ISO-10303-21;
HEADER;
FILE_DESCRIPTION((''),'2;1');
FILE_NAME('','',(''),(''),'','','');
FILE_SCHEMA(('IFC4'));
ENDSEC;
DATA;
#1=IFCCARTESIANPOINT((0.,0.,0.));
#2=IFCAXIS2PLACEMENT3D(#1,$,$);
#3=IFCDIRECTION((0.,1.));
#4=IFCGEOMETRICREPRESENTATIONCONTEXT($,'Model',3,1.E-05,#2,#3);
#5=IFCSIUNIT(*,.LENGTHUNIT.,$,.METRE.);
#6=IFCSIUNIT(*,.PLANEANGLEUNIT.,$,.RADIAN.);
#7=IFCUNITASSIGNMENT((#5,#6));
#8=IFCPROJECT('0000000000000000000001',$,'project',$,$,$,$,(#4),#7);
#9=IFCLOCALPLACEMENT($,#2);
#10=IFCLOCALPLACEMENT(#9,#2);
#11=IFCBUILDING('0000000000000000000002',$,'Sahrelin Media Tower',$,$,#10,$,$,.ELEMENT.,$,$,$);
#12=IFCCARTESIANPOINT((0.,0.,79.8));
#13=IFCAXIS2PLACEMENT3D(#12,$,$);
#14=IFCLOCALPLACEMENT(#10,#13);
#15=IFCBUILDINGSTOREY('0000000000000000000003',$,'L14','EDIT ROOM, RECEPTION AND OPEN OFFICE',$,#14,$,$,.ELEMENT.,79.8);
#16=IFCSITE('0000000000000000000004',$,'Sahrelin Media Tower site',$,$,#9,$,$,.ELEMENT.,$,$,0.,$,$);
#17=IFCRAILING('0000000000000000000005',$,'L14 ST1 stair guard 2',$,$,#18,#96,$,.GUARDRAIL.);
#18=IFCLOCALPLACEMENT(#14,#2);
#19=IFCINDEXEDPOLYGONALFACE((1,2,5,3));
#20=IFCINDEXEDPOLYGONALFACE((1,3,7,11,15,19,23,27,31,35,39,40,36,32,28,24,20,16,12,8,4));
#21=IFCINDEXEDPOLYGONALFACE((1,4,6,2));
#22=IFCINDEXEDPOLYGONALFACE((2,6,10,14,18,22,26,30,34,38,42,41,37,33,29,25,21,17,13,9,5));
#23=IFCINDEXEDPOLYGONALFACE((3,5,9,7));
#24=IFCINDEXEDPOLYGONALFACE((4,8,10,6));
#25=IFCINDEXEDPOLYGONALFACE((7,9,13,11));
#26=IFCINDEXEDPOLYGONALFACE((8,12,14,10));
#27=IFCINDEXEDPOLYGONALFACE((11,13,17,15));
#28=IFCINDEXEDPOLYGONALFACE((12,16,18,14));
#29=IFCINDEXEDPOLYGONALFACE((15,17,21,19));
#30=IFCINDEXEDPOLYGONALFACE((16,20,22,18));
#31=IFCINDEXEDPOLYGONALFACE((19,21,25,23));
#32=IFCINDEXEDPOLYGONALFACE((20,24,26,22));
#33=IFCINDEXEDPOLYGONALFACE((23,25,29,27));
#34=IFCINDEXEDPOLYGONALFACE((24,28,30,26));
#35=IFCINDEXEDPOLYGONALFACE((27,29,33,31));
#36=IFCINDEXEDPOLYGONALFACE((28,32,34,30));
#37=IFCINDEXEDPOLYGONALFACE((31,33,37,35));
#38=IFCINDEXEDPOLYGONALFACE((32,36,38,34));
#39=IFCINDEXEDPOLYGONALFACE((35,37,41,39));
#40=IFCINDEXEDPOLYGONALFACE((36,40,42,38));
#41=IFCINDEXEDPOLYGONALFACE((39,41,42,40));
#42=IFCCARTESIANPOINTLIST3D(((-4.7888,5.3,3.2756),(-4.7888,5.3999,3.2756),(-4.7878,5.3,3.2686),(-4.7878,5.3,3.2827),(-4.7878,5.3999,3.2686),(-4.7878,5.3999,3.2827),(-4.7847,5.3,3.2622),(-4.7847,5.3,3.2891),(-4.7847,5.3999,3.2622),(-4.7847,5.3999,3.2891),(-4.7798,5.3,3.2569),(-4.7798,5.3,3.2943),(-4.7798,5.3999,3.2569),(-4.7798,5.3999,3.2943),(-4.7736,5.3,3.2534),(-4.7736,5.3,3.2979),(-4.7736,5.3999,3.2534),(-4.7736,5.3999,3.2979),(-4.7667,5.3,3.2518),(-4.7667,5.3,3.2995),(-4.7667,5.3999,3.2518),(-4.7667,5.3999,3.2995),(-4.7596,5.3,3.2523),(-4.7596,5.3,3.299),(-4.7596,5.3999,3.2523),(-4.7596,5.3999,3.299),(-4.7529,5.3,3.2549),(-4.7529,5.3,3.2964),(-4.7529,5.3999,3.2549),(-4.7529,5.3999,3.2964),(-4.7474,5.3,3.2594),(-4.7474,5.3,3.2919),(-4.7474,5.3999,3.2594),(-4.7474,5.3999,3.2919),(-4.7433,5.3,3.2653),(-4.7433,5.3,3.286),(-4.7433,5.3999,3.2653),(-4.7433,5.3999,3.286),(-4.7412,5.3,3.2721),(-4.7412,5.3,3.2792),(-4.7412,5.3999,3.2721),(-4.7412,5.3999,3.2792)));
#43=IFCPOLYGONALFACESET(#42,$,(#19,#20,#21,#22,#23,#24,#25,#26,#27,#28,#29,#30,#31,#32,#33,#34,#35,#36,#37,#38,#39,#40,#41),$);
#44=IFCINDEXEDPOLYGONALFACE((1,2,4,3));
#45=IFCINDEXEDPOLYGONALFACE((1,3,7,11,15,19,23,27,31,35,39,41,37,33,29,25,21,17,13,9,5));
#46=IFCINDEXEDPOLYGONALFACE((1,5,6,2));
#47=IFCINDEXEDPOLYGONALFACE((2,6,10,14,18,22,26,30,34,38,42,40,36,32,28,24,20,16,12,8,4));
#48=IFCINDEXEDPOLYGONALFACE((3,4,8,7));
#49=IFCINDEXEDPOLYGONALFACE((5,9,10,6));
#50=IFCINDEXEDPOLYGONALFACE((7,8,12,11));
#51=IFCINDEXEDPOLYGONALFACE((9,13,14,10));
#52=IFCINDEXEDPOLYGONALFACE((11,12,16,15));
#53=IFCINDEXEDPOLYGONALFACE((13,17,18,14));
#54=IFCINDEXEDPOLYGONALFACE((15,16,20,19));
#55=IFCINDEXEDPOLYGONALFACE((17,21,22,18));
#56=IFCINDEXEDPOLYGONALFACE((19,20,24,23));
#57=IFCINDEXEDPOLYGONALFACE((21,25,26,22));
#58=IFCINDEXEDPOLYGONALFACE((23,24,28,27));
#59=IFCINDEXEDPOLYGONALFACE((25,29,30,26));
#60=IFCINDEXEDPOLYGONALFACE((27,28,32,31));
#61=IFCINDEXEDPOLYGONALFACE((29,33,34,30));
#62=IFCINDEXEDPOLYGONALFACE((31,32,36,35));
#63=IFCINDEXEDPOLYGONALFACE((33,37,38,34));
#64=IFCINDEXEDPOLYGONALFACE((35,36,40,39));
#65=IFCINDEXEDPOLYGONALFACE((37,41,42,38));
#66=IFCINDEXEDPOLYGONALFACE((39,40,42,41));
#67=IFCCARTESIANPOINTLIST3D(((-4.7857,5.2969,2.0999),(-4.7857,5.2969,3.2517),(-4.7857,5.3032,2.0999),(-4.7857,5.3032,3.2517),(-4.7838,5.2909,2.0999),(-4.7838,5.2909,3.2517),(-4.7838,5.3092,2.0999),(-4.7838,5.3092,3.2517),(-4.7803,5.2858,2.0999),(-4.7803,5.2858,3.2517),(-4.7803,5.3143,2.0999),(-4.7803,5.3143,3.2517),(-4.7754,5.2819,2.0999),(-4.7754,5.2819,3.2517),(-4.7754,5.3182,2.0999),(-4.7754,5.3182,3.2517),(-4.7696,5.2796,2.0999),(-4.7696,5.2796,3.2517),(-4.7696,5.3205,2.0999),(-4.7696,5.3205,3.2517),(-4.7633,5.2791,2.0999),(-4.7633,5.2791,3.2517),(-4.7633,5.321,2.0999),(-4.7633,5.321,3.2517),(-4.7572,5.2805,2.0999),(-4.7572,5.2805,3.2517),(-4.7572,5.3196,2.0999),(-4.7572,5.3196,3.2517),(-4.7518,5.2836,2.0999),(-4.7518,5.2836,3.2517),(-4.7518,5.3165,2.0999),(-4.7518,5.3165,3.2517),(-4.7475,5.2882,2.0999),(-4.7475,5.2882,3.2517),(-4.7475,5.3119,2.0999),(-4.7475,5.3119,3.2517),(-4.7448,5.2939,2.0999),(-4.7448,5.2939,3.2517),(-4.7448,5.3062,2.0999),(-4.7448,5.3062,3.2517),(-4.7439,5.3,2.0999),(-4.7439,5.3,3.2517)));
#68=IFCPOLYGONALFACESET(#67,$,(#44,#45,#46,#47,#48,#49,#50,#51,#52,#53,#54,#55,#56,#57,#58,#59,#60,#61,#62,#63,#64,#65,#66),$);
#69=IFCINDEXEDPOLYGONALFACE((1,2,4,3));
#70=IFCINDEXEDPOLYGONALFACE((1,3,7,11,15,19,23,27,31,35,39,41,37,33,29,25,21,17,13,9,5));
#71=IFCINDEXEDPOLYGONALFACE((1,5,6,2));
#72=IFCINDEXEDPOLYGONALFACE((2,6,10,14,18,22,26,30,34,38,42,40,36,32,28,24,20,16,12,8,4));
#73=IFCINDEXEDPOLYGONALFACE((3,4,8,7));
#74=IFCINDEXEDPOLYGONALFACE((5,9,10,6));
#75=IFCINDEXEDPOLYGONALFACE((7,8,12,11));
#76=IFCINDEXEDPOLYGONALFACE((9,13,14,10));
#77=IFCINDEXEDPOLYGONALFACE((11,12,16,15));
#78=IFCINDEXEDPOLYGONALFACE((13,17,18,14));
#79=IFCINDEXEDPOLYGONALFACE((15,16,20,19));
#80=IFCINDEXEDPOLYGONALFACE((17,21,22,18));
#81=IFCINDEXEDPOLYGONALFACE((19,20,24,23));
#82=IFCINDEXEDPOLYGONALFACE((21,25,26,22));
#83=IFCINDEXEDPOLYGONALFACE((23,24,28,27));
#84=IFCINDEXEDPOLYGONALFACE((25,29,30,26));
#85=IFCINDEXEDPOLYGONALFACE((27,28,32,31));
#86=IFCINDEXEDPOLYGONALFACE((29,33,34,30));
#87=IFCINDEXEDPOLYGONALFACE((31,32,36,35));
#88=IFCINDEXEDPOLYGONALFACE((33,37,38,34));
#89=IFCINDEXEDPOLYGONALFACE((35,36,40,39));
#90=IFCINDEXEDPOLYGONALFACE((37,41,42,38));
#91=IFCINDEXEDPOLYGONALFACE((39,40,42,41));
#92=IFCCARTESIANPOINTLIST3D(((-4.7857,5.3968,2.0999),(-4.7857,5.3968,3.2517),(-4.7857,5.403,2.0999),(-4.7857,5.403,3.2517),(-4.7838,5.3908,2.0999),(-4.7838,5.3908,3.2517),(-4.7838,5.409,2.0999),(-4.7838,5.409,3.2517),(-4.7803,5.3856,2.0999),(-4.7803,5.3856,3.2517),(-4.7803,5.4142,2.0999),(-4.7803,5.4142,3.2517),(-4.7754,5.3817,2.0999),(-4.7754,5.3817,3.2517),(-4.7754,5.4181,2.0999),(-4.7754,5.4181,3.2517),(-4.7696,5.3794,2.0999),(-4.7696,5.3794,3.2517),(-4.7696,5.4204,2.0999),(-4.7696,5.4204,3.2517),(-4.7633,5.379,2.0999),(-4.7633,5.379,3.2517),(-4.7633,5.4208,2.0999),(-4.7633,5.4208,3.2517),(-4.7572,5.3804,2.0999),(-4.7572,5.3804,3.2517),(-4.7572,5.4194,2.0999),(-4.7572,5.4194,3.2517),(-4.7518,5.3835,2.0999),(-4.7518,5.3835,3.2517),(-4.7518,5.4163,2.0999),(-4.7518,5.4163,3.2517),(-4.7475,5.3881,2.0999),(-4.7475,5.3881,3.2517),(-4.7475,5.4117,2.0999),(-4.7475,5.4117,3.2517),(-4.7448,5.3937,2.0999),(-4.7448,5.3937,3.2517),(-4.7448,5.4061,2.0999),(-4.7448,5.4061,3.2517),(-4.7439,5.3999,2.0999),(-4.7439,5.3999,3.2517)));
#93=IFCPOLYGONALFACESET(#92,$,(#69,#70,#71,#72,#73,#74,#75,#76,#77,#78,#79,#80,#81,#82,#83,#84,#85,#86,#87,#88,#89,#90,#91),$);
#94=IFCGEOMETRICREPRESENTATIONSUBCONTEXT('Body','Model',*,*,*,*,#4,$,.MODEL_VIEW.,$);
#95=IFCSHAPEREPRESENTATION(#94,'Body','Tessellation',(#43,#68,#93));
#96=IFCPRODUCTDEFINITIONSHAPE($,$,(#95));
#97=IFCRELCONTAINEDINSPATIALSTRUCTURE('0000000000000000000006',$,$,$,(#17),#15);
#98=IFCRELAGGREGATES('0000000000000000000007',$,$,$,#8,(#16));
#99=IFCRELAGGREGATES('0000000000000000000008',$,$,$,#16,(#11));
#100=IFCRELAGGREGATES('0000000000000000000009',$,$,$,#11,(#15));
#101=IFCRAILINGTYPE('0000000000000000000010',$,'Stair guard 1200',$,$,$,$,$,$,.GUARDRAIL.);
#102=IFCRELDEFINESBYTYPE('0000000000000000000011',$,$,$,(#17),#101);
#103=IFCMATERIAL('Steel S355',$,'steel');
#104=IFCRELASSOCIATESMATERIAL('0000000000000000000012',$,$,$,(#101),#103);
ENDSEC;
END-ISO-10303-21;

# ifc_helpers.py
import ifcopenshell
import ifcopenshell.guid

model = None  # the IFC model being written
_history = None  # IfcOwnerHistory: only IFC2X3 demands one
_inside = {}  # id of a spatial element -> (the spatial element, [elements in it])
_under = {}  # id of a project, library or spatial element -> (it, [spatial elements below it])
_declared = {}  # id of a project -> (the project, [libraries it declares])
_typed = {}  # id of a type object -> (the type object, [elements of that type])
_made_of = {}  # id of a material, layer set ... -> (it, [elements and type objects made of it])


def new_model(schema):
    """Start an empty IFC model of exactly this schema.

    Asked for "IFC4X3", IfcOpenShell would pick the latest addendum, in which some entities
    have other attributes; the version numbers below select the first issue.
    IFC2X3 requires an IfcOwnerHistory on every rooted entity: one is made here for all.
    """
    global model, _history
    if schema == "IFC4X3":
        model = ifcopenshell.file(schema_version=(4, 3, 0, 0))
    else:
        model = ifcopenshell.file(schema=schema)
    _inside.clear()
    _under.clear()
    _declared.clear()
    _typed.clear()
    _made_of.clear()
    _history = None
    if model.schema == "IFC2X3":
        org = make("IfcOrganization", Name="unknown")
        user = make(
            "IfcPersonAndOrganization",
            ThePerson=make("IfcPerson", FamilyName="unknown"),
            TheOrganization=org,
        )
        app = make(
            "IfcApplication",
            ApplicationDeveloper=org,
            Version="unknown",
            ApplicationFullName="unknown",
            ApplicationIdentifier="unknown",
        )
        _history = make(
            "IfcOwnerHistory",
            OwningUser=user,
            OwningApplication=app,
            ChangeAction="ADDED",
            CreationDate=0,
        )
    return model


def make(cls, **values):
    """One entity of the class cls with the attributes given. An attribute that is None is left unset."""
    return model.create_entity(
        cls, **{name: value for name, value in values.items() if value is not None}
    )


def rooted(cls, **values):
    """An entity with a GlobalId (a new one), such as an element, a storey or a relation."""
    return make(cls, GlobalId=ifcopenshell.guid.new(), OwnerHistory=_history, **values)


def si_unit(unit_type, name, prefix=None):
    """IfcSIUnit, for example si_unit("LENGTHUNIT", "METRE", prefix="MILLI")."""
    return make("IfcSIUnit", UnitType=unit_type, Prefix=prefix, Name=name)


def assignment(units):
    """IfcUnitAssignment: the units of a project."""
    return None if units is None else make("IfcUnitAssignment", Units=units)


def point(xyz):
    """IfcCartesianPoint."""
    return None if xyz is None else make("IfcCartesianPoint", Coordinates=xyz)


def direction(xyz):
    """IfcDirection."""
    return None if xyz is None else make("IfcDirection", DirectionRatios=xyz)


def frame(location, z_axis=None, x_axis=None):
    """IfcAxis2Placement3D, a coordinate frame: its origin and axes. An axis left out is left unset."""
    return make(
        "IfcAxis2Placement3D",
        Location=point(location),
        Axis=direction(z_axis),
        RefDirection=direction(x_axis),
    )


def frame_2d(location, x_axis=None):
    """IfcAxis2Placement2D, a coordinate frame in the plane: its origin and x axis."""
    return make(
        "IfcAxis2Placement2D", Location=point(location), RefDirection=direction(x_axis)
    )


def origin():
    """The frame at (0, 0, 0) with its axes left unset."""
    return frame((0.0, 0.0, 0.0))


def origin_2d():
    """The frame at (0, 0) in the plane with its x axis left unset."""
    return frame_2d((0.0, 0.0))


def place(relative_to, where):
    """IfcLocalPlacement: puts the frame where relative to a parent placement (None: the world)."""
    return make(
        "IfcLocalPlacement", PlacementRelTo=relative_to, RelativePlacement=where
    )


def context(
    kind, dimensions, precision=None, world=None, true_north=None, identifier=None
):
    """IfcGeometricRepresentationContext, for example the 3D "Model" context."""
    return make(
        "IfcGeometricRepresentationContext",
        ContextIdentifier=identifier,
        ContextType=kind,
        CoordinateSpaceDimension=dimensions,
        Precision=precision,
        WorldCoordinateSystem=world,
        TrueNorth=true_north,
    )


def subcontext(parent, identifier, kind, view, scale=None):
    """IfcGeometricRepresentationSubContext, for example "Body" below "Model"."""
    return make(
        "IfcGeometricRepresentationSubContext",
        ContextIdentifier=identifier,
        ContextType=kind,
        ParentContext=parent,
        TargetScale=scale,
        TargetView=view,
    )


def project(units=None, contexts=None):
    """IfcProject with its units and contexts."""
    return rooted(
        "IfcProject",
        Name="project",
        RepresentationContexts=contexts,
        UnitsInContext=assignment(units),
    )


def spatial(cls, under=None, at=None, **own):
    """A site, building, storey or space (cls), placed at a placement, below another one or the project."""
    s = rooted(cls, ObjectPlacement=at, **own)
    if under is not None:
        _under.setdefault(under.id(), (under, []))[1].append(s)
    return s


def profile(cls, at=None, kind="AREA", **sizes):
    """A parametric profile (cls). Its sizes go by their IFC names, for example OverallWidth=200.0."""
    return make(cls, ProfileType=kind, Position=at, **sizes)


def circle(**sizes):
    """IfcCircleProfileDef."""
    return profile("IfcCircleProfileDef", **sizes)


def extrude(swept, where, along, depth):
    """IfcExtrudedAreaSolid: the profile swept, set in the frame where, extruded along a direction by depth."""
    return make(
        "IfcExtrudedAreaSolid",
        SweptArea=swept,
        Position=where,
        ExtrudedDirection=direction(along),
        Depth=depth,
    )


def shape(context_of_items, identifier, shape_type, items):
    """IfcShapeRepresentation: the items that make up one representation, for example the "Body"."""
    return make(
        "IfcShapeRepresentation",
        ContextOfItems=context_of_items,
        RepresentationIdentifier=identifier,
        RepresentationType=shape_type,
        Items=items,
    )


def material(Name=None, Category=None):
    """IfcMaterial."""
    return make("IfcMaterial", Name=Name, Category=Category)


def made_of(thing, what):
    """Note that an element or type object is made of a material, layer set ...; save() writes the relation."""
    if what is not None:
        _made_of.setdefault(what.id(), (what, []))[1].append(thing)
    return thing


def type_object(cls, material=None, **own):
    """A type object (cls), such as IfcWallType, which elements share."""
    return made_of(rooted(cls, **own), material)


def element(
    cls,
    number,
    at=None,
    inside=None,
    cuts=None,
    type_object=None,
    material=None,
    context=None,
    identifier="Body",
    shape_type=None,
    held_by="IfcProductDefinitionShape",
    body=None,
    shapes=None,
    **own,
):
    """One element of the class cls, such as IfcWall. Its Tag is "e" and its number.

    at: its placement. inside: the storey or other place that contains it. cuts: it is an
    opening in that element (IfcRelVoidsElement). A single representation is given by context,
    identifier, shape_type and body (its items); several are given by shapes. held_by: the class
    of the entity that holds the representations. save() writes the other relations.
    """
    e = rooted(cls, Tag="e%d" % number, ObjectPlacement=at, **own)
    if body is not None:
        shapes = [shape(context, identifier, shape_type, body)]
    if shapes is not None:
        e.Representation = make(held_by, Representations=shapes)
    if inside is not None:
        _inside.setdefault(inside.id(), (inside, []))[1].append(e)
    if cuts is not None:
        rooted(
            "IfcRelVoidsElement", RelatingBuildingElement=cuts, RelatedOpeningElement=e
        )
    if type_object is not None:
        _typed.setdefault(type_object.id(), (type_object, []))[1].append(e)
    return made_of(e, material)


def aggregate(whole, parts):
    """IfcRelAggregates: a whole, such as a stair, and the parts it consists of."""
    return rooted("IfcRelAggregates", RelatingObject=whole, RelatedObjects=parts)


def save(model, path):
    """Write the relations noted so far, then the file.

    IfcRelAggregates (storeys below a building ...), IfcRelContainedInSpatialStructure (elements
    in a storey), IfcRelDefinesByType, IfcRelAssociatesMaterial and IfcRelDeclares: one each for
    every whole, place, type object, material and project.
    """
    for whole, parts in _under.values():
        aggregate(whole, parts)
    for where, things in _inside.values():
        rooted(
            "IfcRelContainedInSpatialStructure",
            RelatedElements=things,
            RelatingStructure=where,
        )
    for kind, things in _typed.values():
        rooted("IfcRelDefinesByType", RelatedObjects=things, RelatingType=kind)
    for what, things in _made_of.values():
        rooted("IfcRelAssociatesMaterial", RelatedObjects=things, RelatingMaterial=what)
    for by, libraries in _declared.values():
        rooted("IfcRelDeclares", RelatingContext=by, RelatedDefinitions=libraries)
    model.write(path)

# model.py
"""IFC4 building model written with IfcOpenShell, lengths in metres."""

from ifc_helpers import new_model, si_unit, direction, frame, origin, origin_2d, place, context, subcontext, project, spatial, circle, extrude, material, type_object, element, save


model = new_model("IFC4")

# Units and contexts
model_context = context("Model", 3, precision=1e-05, world=origin(), true_north=direction((0.0, 1.0)))
body_context = subcontext(model_context, "Body", "Model", "MODEL_VIEW")
ifc_project = project(units=[si_unit("LENGTHUNIT", "METRE"), si_unit("PLANEANGLEUNIT", "RADIAN")], contexts=[model_context])

# Site, building, storey
site_placement = place(None, origin())
site = spatial("IfcSite", under=ifc_project, at=site_placement, Name="Sahrelin Media Tower site", CompositionType="ELEMENT", RefElevation=0.0)
building_placement = place(site_placement, origin())
building = spatial("IfcBuilding", under=site, at=building_placement, Name="Sahrelin Media Tower", CompositionType="ELEMENT")
storey_placement = place(building_placement, frame((0.0, 0.0, 79.8)))
storey = spatial("IfcBuildingStorey", under=building, at=storey_placement, Name="L14", Description="EDIT ROOM, RECEPTION AND OPEN OFFICE", CompositionType="ELEMENT", Elevation=79.8)

# Shared definitions
ifc_material_1 = material(Name="Steel S355", Category="steel")

# Railing
railing_type_1 = type_object("IfcRailingType", Name="Stair guard 1200", PredefinedType="GUARDRAIL", material=ifc_material_1)
railing_1_placement = place(storey_placement, frame((-4.7649, 5.3, 2.0999)))
element("IfcRailing", 1, at=railing_1_placement, inside=storey, type_object=railing_type_1, Name="L14 ST1 stair guard 2", PredefinedType="GUARDRAIL", context=body_context, shape_type="SweptSolid", body=[
    extrude(circle(Radius=0.0239, at=origin_2d()), frame((0.0, 0.0, 1.1758), z_axis=(0.0, 1.0, 0.0), x_axis=(-1.0, 0.0, 0.0)), (0.0, 0.0, 1.0), 0.0999),
    extrude(circle(Radius=0.021, at=origin_2d()), origin(), (0.0, 0.0, 1.0), 1.1519),
    extrude(circle(Radius=0.021, at=origin_2d()), frame((0.0, 0.0999, 0.0)), (0.0, 0.0, 1.0), 1.1519),
])

save(model, "model.ifc")
